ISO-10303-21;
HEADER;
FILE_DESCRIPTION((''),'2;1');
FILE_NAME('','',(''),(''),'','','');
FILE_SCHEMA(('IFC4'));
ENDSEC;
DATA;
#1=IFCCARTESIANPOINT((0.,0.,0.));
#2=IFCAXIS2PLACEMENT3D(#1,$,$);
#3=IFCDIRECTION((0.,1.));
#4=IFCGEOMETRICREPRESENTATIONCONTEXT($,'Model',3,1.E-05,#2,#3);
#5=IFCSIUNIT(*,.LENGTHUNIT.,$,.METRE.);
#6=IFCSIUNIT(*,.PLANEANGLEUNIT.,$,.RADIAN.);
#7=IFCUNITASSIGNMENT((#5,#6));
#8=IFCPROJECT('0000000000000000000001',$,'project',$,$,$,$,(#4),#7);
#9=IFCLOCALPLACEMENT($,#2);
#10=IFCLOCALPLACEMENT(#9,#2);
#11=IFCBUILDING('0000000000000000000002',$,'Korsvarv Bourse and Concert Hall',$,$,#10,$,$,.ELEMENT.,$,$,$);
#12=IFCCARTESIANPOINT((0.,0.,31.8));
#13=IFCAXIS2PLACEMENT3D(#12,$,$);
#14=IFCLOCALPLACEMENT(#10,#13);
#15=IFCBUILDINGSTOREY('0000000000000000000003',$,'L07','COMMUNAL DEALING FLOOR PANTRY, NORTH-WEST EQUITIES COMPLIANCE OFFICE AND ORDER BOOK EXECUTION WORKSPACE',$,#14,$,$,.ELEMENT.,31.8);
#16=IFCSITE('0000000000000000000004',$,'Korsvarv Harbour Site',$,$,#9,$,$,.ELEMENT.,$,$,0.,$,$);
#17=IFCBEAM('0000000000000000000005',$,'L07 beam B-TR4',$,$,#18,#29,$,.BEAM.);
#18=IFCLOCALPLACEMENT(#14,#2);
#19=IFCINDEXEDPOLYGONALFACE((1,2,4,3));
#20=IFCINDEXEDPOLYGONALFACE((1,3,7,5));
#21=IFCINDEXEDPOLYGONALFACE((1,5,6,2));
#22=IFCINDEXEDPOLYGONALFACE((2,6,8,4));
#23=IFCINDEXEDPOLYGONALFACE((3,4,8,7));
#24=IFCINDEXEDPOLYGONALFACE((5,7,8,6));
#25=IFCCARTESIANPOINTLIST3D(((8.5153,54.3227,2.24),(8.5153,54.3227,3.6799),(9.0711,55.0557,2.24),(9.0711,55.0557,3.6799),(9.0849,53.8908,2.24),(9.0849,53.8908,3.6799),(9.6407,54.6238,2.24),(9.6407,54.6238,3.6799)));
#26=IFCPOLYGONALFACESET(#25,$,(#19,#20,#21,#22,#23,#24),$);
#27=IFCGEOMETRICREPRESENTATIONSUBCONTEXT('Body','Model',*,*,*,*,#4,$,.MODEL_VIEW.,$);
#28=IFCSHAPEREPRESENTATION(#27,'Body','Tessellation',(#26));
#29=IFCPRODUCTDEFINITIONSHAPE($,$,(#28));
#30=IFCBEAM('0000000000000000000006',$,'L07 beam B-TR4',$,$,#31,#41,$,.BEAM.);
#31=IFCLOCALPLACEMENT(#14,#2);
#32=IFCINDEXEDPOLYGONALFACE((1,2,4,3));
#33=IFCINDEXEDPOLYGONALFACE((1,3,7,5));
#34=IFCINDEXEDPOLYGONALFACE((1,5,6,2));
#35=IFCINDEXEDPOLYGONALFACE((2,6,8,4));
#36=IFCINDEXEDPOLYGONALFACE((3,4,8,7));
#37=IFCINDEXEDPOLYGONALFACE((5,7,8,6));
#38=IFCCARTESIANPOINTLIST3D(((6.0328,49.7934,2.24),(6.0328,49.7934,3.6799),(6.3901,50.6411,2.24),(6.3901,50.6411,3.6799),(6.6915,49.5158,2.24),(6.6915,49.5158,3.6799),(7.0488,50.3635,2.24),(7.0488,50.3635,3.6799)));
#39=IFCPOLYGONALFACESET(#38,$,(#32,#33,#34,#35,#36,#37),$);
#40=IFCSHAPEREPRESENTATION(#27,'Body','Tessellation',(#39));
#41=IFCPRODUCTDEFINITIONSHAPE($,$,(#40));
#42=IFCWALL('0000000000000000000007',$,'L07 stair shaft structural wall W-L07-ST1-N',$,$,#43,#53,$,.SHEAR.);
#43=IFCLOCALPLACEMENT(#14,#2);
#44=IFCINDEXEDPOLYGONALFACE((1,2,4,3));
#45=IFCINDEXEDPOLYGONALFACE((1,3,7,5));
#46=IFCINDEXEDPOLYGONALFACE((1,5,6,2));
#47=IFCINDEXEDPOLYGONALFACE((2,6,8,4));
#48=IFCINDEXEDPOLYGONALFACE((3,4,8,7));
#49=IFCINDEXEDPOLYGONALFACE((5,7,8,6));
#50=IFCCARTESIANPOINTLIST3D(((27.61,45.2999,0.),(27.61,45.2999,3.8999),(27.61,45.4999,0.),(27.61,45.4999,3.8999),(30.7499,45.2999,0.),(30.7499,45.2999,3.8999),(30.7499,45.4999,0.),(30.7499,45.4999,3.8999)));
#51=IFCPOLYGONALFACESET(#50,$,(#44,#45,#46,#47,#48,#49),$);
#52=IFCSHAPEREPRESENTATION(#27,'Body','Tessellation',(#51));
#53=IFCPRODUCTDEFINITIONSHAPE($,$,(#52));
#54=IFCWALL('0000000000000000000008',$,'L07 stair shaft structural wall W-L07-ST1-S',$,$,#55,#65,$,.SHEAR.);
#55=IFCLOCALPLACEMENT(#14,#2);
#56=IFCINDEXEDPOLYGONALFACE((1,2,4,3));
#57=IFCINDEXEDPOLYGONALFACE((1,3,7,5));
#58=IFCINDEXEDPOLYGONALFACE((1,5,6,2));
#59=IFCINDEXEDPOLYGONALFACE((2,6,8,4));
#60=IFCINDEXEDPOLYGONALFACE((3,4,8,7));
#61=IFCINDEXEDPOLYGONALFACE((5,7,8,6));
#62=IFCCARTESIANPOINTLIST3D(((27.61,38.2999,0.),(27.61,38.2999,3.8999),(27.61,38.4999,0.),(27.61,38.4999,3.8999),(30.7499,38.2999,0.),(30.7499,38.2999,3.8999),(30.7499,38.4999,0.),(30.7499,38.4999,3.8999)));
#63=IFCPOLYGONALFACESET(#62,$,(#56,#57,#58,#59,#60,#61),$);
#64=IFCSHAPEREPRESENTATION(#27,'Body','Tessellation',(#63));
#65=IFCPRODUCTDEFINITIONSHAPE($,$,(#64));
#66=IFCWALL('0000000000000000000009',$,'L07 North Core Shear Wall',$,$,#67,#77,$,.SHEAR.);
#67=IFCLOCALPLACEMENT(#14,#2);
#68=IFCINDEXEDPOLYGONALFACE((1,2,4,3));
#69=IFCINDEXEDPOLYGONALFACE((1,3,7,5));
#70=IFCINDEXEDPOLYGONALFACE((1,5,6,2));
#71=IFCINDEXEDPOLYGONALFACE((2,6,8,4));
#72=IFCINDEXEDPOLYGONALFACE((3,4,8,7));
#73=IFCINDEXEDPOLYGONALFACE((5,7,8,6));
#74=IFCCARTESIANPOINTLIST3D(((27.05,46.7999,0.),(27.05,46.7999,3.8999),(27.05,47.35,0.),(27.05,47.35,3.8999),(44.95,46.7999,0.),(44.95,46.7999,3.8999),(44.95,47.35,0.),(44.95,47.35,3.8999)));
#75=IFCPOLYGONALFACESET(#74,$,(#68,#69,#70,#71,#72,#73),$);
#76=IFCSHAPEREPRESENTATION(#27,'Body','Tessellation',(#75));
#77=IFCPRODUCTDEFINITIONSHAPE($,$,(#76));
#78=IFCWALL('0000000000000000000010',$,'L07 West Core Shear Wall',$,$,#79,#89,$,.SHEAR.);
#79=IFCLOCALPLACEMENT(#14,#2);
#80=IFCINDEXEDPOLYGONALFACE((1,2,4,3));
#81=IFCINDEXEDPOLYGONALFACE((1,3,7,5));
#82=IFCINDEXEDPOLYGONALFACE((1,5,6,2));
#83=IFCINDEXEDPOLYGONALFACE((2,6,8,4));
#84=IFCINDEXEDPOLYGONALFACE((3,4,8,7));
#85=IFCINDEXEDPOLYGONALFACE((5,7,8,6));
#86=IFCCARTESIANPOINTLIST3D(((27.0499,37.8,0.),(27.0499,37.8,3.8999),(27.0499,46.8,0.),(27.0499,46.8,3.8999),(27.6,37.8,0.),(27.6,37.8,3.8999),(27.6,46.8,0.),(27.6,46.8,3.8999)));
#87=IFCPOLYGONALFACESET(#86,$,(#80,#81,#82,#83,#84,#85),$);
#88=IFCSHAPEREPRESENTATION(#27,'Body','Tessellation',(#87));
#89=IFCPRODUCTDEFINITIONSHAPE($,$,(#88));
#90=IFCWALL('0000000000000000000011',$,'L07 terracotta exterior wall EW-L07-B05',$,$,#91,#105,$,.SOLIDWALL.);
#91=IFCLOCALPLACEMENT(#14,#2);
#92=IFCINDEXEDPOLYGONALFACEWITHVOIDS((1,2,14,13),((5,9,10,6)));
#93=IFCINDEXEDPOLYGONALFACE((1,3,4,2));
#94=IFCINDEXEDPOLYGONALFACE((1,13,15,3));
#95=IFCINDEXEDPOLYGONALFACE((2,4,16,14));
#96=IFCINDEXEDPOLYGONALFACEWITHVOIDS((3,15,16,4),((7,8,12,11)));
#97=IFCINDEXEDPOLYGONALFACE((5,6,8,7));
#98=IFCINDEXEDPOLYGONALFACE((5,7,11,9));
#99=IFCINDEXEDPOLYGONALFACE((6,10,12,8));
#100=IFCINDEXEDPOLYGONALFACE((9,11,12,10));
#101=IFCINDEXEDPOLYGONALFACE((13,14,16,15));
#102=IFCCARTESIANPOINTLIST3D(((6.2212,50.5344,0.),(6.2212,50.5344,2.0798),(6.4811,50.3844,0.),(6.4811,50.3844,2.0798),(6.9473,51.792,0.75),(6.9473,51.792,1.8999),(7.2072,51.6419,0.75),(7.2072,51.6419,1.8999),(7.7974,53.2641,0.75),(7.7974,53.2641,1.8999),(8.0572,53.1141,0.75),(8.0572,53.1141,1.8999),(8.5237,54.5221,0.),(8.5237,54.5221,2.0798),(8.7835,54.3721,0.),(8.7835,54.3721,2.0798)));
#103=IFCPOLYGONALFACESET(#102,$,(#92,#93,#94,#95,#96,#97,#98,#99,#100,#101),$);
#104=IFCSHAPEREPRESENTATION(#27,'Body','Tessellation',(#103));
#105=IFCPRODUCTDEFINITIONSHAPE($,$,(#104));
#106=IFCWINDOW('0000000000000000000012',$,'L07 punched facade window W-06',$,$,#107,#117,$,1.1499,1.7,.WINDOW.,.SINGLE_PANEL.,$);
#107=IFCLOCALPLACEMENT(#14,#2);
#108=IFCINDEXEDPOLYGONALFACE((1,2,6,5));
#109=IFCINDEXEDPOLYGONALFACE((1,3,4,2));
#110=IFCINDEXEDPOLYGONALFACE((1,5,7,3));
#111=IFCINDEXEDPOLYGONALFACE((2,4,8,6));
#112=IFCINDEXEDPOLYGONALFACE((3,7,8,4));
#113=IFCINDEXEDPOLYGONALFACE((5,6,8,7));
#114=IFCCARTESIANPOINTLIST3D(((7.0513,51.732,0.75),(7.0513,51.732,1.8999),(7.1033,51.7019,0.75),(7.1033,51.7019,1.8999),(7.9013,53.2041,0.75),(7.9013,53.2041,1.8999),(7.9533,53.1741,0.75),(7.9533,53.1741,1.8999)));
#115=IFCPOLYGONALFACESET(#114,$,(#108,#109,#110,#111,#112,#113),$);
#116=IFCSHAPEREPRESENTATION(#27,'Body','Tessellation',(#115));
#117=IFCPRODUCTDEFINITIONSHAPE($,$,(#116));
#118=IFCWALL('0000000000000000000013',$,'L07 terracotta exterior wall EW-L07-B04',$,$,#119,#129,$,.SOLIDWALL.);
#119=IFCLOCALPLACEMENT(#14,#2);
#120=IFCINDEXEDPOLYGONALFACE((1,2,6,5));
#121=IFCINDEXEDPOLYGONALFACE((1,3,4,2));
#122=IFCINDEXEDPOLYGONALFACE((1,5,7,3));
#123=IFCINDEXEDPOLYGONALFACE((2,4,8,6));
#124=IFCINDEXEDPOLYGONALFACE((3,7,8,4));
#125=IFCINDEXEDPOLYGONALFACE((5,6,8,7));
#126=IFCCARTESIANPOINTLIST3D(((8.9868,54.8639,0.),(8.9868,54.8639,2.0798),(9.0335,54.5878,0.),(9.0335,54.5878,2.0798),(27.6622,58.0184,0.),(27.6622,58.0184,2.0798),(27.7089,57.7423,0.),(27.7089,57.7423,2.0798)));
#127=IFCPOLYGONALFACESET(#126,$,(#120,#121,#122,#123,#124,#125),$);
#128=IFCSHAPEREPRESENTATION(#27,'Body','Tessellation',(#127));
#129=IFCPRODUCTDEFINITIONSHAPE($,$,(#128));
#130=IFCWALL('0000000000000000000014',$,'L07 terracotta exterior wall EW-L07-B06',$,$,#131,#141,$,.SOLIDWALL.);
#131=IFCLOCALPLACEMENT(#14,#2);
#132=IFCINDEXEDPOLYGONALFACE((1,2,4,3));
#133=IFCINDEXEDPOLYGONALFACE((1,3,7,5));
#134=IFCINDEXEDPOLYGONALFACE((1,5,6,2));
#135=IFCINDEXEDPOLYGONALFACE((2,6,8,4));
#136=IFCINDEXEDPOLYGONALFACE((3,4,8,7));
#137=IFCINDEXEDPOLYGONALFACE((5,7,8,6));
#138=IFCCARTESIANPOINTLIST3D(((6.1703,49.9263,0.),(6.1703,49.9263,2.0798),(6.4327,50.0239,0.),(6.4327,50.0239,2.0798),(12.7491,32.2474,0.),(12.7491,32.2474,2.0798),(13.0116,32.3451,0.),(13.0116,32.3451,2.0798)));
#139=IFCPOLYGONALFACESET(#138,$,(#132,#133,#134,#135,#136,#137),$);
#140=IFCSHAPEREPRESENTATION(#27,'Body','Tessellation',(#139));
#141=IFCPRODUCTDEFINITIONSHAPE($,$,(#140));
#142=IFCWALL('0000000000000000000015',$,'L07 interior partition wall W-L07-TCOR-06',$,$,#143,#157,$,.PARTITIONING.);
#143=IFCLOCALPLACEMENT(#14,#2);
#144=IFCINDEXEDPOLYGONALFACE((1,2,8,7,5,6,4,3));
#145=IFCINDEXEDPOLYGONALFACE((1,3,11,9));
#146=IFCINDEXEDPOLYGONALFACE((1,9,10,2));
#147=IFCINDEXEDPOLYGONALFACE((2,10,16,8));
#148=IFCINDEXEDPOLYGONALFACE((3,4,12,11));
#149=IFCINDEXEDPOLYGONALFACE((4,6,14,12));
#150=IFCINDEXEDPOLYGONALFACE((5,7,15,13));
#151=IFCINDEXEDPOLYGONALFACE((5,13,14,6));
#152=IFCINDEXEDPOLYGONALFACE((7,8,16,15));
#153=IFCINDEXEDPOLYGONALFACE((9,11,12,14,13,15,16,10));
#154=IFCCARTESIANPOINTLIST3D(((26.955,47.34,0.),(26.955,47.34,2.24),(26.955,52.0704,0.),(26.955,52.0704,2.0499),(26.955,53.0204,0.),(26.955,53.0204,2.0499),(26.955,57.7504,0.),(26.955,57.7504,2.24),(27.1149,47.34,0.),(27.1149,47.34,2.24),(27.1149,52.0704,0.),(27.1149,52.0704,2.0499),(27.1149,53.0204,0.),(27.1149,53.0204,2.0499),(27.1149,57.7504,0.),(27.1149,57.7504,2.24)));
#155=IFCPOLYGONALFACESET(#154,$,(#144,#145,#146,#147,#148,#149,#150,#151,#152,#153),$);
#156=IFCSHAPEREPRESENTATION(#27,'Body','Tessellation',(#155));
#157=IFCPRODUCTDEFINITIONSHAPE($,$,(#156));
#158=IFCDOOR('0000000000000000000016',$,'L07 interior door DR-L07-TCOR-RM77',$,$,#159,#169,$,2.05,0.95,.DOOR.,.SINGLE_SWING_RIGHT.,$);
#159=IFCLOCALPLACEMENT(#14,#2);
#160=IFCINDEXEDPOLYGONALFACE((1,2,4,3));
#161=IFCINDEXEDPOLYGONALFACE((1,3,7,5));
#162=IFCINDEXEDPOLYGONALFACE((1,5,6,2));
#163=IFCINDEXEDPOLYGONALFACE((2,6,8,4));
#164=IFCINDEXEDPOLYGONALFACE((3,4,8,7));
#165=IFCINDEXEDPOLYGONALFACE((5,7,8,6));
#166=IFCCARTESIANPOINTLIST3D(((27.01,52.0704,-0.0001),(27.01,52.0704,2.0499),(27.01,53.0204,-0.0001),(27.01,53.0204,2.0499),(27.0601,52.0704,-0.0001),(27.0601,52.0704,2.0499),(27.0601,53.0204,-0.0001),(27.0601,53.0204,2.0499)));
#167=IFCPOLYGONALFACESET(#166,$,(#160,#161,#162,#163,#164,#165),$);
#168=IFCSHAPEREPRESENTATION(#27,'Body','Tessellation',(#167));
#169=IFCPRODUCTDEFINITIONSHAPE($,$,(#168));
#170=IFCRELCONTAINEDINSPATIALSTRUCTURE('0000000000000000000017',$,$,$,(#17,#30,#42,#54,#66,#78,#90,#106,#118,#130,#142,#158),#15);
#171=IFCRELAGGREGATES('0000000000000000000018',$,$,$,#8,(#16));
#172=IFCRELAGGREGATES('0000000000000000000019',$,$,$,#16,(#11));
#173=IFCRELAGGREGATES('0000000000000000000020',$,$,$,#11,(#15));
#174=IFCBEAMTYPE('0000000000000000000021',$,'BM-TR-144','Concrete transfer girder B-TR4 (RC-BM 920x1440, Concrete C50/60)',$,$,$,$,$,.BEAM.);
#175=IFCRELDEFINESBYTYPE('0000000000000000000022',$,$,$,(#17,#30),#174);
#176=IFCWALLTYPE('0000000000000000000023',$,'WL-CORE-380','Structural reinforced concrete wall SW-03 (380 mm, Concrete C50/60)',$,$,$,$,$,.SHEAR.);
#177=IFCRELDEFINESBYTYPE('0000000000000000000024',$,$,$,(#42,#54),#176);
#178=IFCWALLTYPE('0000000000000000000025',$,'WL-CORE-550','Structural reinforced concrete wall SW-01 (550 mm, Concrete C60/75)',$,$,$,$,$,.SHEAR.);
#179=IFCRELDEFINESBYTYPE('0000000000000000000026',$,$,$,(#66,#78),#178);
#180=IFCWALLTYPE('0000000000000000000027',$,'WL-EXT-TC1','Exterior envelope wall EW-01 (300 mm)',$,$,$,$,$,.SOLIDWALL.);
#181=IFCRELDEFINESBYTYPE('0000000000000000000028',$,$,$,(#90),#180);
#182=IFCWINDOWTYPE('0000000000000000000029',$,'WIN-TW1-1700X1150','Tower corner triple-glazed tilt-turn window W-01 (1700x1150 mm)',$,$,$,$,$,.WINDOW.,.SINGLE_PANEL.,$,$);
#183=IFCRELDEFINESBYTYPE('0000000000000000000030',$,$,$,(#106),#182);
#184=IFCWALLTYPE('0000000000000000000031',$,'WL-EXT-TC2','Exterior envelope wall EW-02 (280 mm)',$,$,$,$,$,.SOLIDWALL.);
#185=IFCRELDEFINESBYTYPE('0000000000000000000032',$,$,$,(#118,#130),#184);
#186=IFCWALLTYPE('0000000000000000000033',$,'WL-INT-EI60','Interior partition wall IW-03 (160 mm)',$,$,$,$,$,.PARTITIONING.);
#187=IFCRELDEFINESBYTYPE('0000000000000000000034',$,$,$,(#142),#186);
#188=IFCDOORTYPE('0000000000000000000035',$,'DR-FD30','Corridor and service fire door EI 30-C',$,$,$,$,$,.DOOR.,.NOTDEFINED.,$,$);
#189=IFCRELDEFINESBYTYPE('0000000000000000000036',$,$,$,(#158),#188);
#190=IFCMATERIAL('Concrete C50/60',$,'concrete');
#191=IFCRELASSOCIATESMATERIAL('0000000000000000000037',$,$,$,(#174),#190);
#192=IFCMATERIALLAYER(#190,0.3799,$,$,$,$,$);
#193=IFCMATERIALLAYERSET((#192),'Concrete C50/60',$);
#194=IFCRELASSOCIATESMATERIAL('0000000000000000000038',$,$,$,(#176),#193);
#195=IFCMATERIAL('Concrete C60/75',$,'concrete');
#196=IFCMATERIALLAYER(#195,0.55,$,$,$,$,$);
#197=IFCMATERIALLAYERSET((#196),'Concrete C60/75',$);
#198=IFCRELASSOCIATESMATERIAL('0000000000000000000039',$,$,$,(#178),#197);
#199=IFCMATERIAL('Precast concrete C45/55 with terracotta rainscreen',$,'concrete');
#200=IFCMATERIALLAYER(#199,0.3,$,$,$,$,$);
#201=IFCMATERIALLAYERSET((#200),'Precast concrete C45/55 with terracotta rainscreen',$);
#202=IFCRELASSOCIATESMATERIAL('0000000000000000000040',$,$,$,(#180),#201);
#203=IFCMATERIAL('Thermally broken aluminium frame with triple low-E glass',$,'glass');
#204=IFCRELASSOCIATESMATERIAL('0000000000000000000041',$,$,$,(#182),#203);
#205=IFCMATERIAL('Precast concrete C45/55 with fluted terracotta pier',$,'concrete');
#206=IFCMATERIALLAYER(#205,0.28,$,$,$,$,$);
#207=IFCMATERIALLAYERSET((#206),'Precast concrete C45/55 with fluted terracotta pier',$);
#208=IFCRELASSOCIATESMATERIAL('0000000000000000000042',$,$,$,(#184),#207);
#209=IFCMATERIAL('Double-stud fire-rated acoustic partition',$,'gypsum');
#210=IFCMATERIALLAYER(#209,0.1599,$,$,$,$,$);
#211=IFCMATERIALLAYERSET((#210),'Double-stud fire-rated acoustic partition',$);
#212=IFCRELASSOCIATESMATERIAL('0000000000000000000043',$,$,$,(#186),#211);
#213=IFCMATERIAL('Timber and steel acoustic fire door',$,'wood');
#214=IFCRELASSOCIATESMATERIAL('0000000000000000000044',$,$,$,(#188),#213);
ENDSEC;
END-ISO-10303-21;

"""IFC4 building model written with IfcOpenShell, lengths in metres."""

from ifc_helpers import new_model, si_unit, direction, frame, frame_2d, origin, origin_2d, place, context, subcontext, project, spatial, rectangle, extrude, source, transform, mapped, material, layer, layer_set, material_profile, profile_set, type_object, element, fill, save


model = new_model("IFC4")

# Units and contexts
model_context = context("Model", 3, precision=1e-05, world=origin(), true_north=direction((0.0, 1.0)))
body_context = subcontext(model_context, "Body", "Model", "MODEL_VIEW")
ifc_project = project(units=[si_unit("LENGTHUNIT", "METRE"), si_unit("PLANEANGLEUNIT", "RADIAN")], contexts=[model_context])

# Site, building, storey
site_placement = place(None, origin())
site = spatial("IfcSite", under=ifc_project, at=site_placement, Name="Korsvarv Harbour Site", CompositionType="ELEMENT", RefElevation=0.0)
building_placement = place(site_placement, origin())
building = spatial("IfcBuilding", under=site, at=building_placement, Name="Korsvarv Bourse and Concert Hall", CompositionType="ELEMENT")
storey_placement = place(building_placement, frame((0.0, 0.0, 31.8)))
storey = spatial("IfcBuildingStorey", under=building, at=storey_placement, Name="L07", Description="COMMUNAL DEALING FLOOR PANTRY, NORTH-WEST EQUITIES COMPLIANCE OFFICE AND ORDER BOOK EXECUTION WORKSPACE", CompositionType="ELEMENT", Elevation=31.8)

# Shared definitions
ifc_material_1 = material(Name="Concrete C60/75", Category="concrete")

# Beams
ifc_material_2 = material(Name="Concrete C50/60", Category="concrete")
ifc_material_profile_1 = material_profile(ifc_material_2, rectangle(XDim=0.9199, YDim=1.4399, at=origin_2d()), Name="RC-BM 920x1440")
ifc_profile_set_1 = profile_set([ifc_material_profile_1], Name="Concrete C50/60")
beam_type_1 = type_object("IfcBeamType", Name="BM-TR-144", Description="Concrete transfer girder B-TR4 (RC-BM 920x1440, Concrete C50/60)", PredefinedType="BEAM", material=ifc_profile_set_1)
shared_shape_1 = source(origin(), body_context, "Body", "SweptSolid", [
    extrude(rectangle(XDim=0.9199, YDim=1.4399, at=origin_2d()), origin(), (0.0, 0.0, 1.0), 0.7148),
])
for number, where, z_axis, x_axis, name in (
    (1, (8.7932, 54.6892, 2.96), (0.796833, -0.6042, 0.0), (0.6042, 0.796833, 0.0), "L07 beam B-TR4"),
    (2, (6.2114, 50.2173, 2.96), (0.921513, -0.388347, 0.0), (0.388347, 0.921513, 0.0), "L07 beam B-TR4"),
):
    element("IfcBeam", number, at=place(storey_placement, frame(where, z_axis=z_axis, x_axis=x_axis)), inside=storey, type_object=beam_type_1, Name=name, PredefinedType="BEAM", context=body_context, shape_type="MappedRepresentation", body=[
        mapped(shared_shape_1, transform((0.0, 0.0, 0.0), scale=1.0)),
    ])

# Walls
ifc_layer_1 = layer(ifc_material_2, 0.3799)
ifc_layer_set_1 = layer_set([ifc_layer_1], Name="Concrete C50/60")
wall_type_1 = type_object("IfcWallType", Name="WL-CORE-380", Description="Structural reinforced concrete wall SW-03 (380 mm, Concrete C50/60)", PredefinedType="SHEAR", material=ifc_layer_set_1)
for number, where, z_axis, x_axis, name in (
    (3, (27.6101, 45.3999, 0.0), (0.0, 0.0, 1.0), (1.0, 0.0, 0.0), "L07 stair shaft structural wall W-L07-ST1-N"),
    (4, (27.6101, 38.3999, 0.0), (0.0, 0.0, 1.0), (1.0, 0.0, 0.0), "L07 stair shaft structural wall W-L07-ST1-S"),
):
    element("IfcWall", number, at=place(storey_placement, frame(where, z_axis=z_axis, x_axis=x_axis)), inside=storey, type_object=wall_type_1, Name=name, PredefinedType="SHEAR", context=body_context, shape_type="SweptSolid", body=[
        extrude(rectangle(XDim=3.1399, YDim=0.2, at=frame_2d((1.5698, 0.0))), origin(), (0.0, 0.0, 1.0), 3.8999),
    ])
ifc_layer_2 = layer(ifc_material_1, 0.55)
ifc_layer_set_2 = layer_set([ifc_layer_2], Name="Concrete C60/75")
wall_type_2 = type_object("IfcWallType", Name="WL-CORE-550", Description="Structural reinforced concrete wall SW-01 (550 mm, Concrete C60/75)", PredefinedType="SHEAR", material=ifc_layer_set_2)
wall_1_placement = place(storey_placement, frame((27.05, 47.075, 0.0), z_axis=(0.0, 0.0, 1.0), x_axis=(1.0, 0.0, 0.0)))
element("IfcWall", 5, at=wall_1_placement, inside=storey, type_object=wall_type_2, Name="L07 North Core Shear Wall", PredefinedType="SHEAR", context=body_context, shape_type="SweptSolid", body=[
    extrude(rectangle(XDim=17.8999, YDim=0.55, at=frame_2d((8.95, 0.0))), origin(), (0.0, 0.0, 1.0), 3.8999),
])
wall_2_placement = place(storey_placement, frame((27.325, 37.8, 0.0), z_axis=(0.0, 0.0, 1.0), x_axis=(0.0, 1.0, 0.0)))
element("IfcWall", 6, at=wall_2_placement, inside=storey, type_object=wall_type_2, Name="L07 West Core Shear Wall", PredefinedType="SHEAR", context=body_context, shape_type="SweptSolid", body=[
    extrude(rectangle(XDim=9.0, YDim=0.55, at=frame_2d((4.5, 0.0))), origin(), (0.0, 0.0, 1.0), 3.8999),
])

# Wall, opening, window
ifc_material_3 = material(Name="Precast concrete C45/55 with terracotta rainscreen", Category="concrete")
ifc_layer_3 = layer(ifc_material_3, 0.3)
ifc_layer_set_3 = layer_set([ifc_layer_3], Name="Precast concrete C45/55 with terracotta rainscreen")
wall_type_3 = type_object("IfcWallType", Name="WL-EXT-TC1", Description="Exterior envelope wall EW-01 (300 mm)", PredefinedType="SOLIDWALL", material=ifc_layer_set_3)
wall_3_placement = place(storey_placement, frame((8.6536, 54.447, 0.0), z_axis=(0.0, 0.0, 1.0), x_axis=(-0.500022, -0.866013, 0.0)))
wall_3 = element("IfcWall", 7, at=wall_3_placement, inside=storey, type_object=wall_type_3, Name="L07 terracotta exterior wall EW-L07-B05", PredefinedType="SOLIDWALL", context=body_context, shape_type="SweptSolid", body=[
    extrude(rectangle(XDim=4.6047, YDim=0.3, at=frame_2d((2.3022, 0.0))), origin(), (0.0, 0.0, 1.0), 2.0798),
])
opening_1_placement = place(wall_3_placement, frame((1.4524, 0.0, 0.75)))
opening_1 = element("IfcOpeningElement", 8, at=opening_1_placement, cuts=wall_3, PredefinedType="OPENING", context=body_context, shape_type="SweptSolid", body=[
    extrude(rectangle(XDim=1.7, YDim=1.1499, at=frame_2d((0.8501, 0.575))), frame((0.0, 0.1602, 0.0), z_axis=(0.0, -1.0, 0.0), x_axis=(1.0, 0.0, 0.0)), (0.0, 0.0, 1.0), 0.3201),
])
ifc_material_4 = material(Name="Thermally broken aluminium frame with triple low-E glass", Category="glass")
window_type = type_object("IfcWindowType", Name="WIN-TW1-1700X1150", Description="Tower corner triple-glazed tilt-turn window W-01 (1700x1150 mm)", PartitioningType="SINGLE_PANEL", PredefinedType="WINDOW", material=ifc_material_4)
window_placement = place(opening_1_placement, origin())
window = element("IfcWindow", 9, at=window_placement, inside=storey, type_object=window_type, Name="L07 punched facade window W-06", OverallHeight=1.1499, OverallWidth=1.7, PartitioningType="SINGLE_PANEL", PredefinedType="WINDOW", context=body_context, shape_type="SweptSolid", body=[
    extrude(rectangle(XDim=1.7, YDim=1.1499, at=frame_2d((0.8501, 0.575))), frame((0.0, 0.03, 0.0), z_axis=(0.0, -1.0, 0.0), x_axis=(1.0, 0.0, 0.0)), (0.0, 0.0, 1.0), 0.0601),
])
fill(opening_1, window)

# Walls
ifc_material_5 = material(Name="Precast concrete C45/55 with fluted terracotta pier", Category="concrete")
ifc_layer_4 = layer(ifc_material_5, 0.28)
ifc_layer_set_4 = layer_set([ifc_layer_4], Name="Precast concrete C45/55 with fluted terracotta pier")
wall_type_4 = type_object("IfcWallType", Name="WL-EXT-TC2", Description="Exterior envelope wall EW-02 (280 mm)", PredefinedType="SOLIDWALL", material=ifc_layer_set_4)
wall_4_placement = place(storey_placement, frame((27.6855, 57.8804, 0.0), z_axis=(0.0, 0.0, 1.0), x_axis=(-0.986032, -0.166556, 0.0)))
element("IfcWall", 10, at=wall_4_placement, inside=storey, type_object=wall_type_4, Name="L07 terracotta exterior wall EW-L07-B04", PredefinedType="SOLIDWALL", context=body_context, shape_type="SweptSolid", body=[
    extrude(rectangle(XDim=18.9399, YDim=0.28, at=frame_2d((9.47, 0.0))), origin(), (0.0, 0.0, 1.0), 2.0798),
])
wall_5_placement = place(storey_placement, frame((6.3015, 49.9751, 0.0), z_axis=(0.0, 0.0, 1.0), x_axis=(0.348764, -0.937211, 0.0)))
element("IfcWall", 11, at=wall_5_placement, inside=storey, type_object=wall_type_4, Name="L07 terracotta exterior wall EW-L07-B06", PredefinedType="SOLIDWALL", context=body_context, shape_type="SweptSolid", body=[
    extrude(rectangle(XDim=18.8633, YDim=0.28, at=frame_2d((9.4316, 0.0))), origin(), (0.0, 0.0, 1.0), 2.0798),
])

# Wall, opening, door
ifc_material_6 = material(Name="Double-stud fire-rated acoustic partition", Category="gypsum")
ifc_layer_5 = layer(ifc_material_6, 0.1599)
ifc_layer_set_5 = layer_set([ifc_layer_5], Name="Double-stud fire-rated acoustic partition")
wall_type_5 = type_object("IfcWallType", Name="WL-INT-EI60", Description="Interior partition wall IW-03 (160 mm)", PredefinedType="PARTITIONING", material=ifc_layer_set_5)
wall_6_placement = place(storey_placement, frame((27.0349, 47.3401, 0.0), z_axis=(0.0, 0.0, 1.0), x_axis=(0.0, 1.0, 0.0)))
wall_6 = element("IfcWall", 12, at=wall_6_placement, inside=storey, type_object=wall_type_5, Name="L07 interior partition wall W-L07-TCOR-06", PredefinedType="PARTITIONING", context=body_context, shape_type="SweptSolid", body=[
    extrude(rectangle(XDim=10.4104, YDim=0.1599, at=frame_2d((5.2051, 0.0))), origin(), (0.0, 0.0, 1.0), 2.24),
])
opening_2_placement = place(wall_6_placement, frame((4.7302, 0.0, 0.0)))
opening_2 = element("IfcOpeningElement", 13, at=opening_2_placement, cuts=wall_6, PredefinedType="OPENING", context=body_context, shape_type="SweptSolid", body=[
    extrude(rectangle(XDim=0.95, YDim=2.05, at=frame_2d((0.4751, 1.0249))), frame((0.0, 0.0898, 0.0), z_axis=(0.0, -1.0, 0.0), x_axis=(1.0, 0.0, 0.0)), (0.0, 0.0, 1.0), 0.1799),
])
ifc_material_7 = material(Name="Timber and steel acoustic fire door", Category="wood")
door_type = type_object("IfcDoorType", Name="DR-FD30", Description="Corridor and service fire door EI 30-C", OperationType="NOTDEFINED", PredefinedType="DOOR", material=ifc_material_7)
door_placement = place(opening_2_placement, origin())
door = element("IfcDoor", 14, at=door_placement, inside=storey, type_object=door_type, Name="L07 interior door DR-L07-TCOR-RM77", OperationType="SINGLE_SWING_RIGHT", OverallHeight=2.05, OverallWidth=0.95, PredefinedType="DOOR", context=body_context, shape_type="SweptSolid", body=[
    extrude(rectangle(XDim=0.95, YDim=2.05, at=frame_2d((0.4751, 1.0249))), frame((0.0, 0.0249, 0.0), z_axis=(0.0, -1.0, 0.0), x_axis=(1.0, 0.0, 0.0)), (0.0, 0.0, 1.0), 0.05),
])
fill(opening_2, door)

save(model, "model.ifc")
